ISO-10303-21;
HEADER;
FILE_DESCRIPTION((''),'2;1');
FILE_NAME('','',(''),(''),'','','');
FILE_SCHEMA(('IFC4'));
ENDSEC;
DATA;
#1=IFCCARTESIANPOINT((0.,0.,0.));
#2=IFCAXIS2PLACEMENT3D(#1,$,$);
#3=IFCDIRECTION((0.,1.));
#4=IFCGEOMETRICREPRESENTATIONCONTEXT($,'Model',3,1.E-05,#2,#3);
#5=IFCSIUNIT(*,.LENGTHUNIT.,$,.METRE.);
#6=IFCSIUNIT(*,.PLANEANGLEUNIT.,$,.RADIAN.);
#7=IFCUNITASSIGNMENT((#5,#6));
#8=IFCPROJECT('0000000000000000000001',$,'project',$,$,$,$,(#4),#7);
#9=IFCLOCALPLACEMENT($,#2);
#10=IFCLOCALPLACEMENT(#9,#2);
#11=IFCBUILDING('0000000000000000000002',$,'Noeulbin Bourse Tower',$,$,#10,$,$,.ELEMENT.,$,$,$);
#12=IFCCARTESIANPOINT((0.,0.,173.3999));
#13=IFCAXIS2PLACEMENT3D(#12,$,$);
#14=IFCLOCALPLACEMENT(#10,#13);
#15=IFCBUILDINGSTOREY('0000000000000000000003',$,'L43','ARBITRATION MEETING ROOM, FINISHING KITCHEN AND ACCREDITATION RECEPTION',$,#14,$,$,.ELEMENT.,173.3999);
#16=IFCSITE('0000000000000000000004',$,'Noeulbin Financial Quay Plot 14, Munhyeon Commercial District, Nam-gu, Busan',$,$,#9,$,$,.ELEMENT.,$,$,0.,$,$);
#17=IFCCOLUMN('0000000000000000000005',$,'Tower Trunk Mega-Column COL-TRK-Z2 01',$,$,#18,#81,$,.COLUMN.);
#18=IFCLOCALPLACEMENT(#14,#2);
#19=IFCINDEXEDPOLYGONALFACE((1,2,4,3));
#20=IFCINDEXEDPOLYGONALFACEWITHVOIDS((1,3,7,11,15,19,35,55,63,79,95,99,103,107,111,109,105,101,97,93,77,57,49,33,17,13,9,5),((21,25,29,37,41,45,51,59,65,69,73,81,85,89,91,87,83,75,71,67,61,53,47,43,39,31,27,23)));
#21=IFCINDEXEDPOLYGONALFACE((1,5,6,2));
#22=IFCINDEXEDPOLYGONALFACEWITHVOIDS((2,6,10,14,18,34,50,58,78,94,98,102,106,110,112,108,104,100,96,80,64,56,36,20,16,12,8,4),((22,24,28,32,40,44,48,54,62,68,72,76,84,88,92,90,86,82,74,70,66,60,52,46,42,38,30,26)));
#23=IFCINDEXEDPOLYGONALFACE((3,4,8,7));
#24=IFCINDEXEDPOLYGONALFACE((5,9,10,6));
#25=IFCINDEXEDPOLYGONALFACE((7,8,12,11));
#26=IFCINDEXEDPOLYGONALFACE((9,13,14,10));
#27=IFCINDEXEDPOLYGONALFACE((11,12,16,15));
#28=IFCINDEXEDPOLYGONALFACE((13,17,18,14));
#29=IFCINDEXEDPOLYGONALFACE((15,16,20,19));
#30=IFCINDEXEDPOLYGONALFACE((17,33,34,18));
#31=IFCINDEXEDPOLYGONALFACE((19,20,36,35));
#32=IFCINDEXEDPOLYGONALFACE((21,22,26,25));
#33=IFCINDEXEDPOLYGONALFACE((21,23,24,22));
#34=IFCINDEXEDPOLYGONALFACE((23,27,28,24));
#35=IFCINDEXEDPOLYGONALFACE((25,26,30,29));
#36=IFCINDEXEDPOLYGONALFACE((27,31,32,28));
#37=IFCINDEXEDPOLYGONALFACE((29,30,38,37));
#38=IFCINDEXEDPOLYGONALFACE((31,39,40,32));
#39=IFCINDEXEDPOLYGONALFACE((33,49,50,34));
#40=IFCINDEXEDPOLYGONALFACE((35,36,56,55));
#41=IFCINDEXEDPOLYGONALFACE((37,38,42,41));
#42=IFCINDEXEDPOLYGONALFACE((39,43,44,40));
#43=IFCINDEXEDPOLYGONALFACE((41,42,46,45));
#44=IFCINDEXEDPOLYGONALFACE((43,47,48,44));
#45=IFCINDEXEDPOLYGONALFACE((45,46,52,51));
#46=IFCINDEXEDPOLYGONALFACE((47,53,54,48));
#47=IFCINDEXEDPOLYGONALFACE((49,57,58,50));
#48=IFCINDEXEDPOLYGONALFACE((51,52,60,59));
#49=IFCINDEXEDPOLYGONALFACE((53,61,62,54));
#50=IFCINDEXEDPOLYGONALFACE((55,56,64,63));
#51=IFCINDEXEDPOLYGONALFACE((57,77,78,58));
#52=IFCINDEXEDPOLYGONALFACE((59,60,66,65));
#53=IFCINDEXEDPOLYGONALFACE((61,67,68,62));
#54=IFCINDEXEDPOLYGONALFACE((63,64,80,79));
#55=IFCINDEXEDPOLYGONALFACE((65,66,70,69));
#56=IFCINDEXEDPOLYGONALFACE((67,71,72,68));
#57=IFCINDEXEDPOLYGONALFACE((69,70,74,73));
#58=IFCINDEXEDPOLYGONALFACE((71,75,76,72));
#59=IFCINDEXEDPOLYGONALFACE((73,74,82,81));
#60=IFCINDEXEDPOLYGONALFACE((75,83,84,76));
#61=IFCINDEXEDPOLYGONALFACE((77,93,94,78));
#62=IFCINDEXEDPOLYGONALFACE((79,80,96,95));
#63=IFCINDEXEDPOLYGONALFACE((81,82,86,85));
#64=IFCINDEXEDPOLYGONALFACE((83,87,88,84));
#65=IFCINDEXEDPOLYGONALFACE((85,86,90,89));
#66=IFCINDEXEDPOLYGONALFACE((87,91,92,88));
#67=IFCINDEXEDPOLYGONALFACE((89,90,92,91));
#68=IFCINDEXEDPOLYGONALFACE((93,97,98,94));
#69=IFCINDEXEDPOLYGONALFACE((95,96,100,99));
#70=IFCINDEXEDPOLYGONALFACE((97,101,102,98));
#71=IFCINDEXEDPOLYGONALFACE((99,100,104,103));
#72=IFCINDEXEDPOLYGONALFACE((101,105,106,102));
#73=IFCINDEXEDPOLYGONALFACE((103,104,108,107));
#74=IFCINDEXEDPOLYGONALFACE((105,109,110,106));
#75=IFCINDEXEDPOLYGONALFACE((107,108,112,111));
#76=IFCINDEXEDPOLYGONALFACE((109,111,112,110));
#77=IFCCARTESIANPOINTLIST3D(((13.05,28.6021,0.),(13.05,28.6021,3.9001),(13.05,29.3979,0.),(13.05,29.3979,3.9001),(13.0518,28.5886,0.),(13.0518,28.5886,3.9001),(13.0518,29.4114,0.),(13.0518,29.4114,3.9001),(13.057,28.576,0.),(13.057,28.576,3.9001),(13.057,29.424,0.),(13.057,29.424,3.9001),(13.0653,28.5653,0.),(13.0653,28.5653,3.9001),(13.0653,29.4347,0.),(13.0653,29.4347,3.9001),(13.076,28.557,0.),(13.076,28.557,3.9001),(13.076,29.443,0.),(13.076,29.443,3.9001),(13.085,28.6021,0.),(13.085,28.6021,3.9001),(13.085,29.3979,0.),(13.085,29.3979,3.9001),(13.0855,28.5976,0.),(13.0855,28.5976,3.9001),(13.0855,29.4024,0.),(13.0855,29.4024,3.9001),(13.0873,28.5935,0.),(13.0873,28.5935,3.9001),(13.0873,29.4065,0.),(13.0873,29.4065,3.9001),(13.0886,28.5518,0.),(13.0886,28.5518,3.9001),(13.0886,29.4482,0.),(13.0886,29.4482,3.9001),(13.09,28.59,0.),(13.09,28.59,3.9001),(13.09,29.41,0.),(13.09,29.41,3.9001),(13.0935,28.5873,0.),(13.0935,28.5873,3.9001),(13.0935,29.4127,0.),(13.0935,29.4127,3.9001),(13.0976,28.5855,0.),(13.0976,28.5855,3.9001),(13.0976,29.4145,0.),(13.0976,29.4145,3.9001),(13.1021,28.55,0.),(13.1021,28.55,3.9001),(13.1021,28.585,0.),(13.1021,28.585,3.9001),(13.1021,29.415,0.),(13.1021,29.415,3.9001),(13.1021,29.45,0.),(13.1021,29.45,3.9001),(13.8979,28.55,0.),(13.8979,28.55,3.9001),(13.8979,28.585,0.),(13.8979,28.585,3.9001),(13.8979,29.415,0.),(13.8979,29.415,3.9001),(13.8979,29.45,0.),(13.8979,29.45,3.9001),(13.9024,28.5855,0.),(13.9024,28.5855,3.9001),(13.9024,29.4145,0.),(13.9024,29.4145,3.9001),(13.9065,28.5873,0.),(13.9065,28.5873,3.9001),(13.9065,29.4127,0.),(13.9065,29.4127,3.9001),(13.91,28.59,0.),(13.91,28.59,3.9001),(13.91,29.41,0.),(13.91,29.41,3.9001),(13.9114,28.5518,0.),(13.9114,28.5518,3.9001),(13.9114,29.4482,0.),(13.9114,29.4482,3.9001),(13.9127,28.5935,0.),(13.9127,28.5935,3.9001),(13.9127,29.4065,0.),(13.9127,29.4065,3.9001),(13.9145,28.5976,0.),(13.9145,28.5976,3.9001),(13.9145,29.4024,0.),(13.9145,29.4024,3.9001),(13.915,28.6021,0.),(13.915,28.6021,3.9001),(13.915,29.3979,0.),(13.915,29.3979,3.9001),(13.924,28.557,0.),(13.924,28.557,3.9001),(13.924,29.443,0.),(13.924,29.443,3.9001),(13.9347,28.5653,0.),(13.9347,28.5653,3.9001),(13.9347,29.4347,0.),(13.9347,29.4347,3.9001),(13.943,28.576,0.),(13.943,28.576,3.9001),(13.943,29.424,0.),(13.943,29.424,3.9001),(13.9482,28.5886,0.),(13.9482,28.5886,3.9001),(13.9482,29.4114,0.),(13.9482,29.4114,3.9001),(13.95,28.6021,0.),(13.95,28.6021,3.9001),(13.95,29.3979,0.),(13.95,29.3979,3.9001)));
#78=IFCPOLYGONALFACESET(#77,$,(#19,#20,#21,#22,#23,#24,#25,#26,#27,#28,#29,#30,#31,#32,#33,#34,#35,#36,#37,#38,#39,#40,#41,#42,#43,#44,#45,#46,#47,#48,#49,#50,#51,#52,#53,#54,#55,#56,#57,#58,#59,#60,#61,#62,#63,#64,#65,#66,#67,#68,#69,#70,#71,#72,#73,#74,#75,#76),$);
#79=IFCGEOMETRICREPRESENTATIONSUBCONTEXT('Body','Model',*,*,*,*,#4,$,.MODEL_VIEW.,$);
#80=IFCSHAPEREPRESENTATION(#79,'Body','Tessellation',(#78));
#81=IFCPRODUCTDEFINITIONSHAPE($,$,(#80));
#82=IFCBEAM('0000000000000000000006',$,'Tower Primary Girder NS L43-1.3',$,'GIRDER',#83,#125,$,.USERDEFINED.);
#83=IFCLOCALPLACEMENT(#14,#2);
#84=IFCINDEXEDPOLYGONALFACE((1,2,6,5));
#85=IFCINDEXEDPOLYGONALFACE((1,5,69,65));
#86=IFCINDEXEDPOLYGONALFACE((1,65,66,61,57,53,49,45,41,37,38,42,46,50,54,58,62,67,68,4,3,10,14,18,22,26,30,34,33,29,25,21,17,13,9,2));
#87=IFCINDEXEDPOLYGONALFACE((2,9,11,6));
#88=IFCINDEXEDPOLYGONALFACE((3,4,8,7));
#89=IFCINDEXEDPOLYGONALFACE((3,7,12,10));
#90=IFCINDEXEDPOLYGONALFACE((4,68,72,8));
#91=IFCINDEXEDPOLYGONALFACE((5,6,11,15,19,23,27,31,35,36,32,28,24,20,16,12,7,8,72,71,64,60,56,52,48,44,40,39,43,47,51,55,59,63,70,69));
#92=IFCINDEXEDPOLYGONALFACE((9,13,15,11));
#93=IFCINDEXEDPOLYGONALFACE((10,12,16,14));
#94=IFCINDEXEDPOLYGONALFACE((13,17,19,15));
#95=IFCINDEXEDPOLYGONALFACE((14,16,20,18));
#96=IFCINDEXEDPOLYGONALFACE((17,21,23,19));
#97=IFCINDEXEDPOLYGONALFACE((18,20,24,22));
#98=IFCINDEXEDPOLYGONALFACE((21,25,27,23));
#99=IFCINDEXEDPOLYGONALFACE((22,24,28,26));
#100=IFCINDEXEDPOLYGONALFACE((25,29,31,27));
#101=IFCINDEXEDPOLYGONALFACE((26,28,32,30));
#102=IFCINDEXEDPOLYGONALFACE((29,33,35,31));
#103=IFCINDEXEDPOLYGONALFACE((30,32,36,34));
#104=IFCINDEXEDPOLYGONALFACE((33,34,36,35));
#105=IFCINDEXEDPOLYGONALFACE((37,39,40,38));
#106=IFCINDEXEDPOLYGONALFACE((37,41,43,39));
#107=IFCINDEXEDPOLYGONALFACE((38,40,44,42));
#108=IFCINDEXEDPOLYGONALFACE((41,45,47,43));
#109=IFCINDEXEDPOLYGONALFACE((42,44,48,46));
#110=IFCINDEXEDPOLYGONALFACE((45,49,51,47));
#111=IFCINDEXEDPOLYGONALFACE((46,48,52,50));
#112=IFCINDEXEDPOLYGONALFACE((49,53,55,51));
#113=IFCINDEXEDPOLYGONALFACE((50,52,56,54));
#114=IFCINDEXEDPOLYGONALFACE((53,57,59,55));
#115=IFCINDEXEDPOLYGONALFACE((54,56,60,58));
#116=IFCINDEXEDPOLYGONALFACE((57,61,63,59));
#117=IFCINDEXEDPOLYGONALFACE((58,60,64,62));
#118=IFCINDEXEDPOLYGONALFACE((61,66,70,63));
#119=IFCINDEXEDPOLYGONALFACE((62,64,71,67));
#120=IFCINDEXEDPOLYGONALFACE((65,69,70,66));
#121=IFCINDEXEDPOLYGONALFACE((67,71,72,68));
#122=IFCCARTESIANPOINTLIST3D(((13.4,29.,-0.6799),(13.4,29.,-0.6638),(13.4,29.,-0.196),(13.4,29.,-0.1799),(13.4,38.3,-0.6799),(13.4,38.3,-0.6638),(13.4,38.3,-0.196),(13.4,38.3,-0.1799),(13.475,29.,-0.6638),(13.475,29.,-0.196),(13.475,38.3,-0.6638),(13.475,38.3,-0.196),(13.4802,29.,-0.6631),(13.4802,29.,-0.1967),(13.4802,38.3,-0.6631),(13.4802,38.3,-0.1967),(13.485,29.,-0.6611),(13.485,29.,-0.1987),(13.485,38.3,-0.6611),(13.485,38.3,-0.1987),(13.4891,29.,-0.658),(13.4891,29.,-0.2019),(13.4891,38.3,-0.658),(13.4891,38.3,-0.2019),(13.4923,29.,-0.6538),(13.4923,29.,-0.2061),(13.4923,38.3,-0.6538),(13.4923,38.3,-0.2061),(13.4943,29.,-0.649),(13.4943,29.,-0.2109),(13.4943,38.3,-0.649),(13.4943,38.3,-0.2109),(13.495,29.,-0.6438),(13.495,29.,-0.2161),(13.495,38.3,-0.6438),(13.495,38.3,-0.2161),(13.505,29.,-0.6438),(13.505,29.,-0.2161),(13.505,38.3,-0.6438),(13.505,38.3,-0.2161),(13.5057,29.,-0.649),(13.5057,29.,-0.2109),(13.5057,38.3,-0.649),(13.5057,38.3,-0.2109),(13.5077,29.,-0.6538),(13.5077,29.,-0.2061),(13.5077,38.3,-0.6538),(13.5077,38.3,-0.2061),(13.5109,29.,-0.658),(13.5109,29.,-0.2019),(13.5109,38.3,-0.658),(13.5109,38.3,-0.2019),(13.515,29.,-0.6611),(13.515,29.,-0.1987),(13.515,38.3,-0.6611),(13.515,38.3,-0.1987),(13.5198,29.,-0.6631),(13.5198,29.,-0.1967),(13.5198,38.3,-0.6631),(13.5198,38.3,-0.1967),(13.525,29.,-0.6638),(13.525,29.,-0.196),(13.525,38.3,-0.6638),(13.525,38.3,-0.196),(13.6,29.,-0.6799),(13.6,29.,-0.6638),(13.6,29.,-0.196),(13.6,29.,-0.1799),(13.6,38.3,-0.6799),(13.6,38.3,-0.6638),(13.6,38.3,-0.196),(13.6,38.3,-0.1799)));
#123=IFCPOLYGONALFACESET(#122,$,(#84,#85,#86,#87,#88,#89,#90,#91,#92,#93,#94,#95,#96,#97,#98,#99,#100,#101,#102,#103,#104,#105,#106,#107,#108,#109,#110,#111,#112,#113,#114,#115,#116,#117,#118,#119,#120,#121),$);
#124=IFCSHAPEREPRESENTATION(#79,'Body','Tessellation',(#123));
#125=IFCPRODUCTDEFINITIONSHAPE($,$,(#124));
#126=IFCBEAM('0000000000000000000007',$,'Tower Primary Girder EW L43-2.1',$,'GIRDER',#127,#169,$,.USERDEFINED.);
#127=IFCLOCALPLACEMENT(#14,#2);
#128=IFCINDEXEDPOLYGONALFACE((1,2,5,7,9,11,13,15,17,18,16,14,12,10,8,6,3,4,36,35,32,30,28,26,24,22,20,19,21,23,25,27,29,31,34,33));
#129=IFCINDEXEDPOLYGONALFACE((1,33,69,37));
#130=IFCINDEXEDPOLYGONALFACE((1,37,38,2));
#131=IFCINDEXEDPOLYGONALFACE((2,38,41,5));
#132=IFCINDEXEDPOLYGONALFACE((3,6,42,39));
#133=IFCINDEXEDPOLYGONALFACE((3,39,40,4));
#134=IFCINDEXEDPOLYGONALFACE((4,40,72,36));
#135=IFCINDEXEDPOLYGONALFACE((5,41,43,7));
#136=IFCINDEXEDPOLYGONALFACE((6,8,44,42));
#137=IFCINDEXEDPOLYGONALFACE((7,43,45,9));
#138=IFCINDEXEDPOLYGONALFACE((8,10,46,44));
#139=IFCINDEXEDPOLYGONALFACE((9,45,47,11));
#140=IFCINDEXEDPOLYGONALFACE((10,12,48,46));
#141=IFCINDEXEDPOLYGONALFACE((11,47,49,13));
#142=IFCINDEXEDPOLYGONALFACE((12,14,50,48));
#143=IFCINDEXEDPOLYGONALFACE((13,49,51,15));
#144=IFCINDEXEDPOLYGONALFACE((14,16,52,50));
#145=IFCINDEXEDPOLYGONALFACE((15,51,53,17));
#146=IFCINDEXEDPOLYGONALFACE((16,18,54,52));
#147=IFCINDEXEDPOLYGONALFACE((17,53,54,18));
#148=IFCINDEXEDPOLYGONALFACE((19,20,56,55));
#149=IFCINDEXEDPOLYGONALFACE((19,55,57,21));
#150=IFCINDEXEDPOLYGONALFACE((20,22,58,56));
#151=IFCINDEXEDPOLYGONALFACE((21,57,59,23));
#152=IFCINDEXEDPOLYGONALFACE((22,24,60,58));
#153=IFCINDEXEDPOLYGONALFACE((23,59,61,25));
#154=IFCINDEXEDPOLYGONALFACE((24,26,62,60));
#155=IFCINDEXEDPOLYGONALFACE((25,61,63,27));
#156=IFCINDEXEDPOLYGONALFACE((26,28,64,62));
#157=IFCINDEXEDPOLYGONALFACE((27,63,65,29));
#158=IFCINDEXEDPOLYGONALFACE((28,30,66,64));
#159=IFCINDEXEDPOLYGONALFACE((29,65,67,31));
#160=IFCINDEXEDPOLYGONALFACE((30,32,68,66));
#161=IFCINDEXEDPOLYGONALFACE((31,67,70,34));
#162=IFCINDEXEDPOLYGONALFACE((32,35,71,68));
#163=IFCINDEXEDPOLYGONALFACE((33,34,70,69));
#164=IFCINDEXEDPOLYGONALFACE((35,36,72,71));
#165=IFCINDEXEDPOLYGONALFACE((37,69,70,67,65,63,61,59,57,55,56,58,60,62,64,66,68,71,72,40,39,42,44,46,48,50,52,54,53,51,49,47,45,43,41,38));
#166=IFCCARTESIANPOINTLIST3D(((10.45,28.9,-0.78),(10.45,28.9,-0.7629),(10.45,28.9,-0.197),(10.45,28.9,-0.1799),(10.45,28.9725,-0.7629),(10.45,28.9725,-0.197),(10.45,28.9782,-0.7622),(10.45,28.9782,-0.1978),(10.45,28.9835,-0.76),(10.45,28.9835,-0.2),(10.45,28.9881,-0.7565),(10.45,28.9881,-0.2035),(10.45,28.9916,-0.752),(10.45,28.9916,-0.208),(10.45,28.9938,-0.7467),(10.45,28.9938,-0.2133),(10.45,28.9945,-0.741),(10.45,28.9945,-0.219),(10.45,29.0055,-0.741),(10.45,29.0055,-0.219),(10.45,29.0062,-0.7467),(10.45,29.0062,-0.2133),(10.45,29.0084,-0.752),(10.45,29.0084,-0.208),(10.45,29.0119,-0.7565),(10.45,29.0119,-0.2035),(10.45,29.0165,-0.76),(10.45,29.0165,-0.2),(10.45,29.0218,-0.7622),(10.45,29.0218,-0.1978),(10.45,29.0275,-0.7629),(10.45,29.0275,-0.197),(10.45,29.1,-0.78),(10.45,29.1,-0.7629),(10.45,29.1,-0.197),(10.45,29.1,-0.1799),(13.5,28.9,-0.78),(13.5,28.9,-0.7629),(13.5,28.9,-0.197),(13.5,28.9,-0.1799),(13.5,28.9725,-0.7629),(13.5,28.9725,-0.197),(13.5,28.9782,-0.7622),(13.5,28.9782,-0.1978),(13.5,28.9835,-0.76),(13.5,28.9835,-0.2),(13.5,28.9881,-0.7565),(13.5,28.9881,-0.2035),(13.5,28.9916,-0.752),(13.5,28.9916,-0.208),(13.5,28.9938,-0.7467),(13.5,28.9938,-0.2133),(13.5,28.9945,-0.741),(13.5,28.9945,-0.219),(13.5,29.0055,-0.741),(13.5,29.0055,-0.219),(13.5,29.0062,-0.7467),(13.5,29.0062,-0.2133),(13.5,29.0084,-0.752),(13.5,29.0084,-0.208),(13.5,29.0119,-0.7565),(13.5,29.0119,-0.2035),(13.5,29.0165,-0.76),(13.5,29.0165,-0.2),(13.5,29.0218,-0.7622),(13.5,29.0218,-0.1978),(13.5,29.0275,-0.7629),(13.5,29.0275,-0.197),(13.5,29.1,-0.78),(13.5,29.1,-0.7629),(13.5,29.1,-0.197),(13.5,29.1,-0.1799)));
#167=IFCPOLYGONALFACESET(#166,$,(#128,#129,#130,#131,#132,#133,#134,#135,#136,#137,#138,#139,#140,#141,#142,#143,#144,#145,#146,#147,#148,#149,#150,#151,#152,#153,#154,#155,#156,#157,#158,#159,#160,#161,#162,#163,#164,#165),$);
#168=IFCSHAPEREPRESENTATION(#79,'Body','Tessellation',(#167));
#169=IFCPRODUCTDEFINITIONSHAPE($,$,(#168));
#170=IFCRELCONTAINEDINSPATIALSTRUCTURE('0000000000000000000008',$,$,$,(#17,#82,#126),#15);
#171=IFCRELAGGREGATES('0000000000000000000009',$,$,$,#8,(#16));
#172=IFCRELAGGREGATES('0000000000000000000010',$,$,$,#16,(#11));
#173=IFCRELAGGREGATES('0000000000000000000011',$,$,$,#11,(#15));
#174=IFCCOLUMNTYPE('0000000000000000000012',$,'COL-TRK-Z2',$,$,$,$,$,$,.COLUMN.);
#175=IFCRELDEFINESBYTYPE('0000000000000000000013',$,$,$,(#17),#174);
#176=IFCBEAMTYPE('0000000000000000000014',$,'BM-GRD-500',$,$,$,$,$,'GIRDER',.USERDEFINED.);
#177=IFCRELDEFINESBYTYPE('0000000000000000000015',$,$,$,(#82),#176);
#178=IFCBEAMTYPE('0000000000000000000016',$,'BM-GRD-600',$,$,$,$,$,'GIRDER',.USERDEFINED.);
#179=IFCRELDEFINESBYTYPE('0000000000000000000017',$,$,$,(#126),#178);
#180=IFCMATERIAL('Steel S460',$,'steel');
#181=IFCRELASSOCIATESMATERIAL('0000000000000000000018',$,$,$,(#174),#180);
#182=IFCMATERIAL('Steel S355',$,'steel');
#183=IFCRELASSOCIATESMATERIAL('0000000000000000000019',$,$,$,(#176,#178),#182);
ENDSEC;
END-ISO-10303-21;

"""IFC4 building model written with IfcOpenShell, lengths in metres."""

from ifc_helpers import new_model, si_unit, direction, frame, origin, origin_2d, place, context, subcontext, project, spatial, hollow_rectangle, i_section, extrude, material, material_profile, profile_set, type_object, element, save


model = new_model("IFC4")

# Units and contexts
model_context = context("Model", 3, precision=1e-05, world=origin(), true_north=direction((0.0, 1.0)))
body_context = subcontext(model_context, "Body", "Model", "MODEL_VIEW")
ifc_project = project(units=[si_unit("LENGTHUNIT", "METRE"), si_unit("PLANEANGLEUNIT", "RADIAN")], contexts=[model_context])

# Site, building, storey
site_placement = place(None, origin())
site = spatial("IfcSite", under=ifc_project, at=site_placement, Name="Noeulbin Financial Quay Plot 14, Munhyeon Commercial District, Nam-gu, Busan", CompositionType="ELEMENT", RefElevation=0.0)
building_placement = place(site_placement, origin())
building = spatial("IfcBuilding", under=site, at=building_placement, Name="Noeulbin Bourse Tower", CompositionType="ELEMENT")
storey_placement = place(building_placement, frame((0.0, 0.0, 173.3999)))
storey = spatial("IfcBuildingStorey", under=building, at=storey_placement, Name="L43", Description="ARBITRATION MEETING ROOM, FINISHING KITCHEN AND ACCREDITATION RECEPTION", CompositionType="ELEMENT", Elevation=173.3999)

# Column
ifc_material_1 = material(Name="Steel S460", Category="steel")
ifc_material_profile_1 = material_profile(ifc_material_1, hollow_rectangle(XDim=0.8999, YDim=0.8999, WallThickness=0.0349, InnerFilletRadius=0.0171, OuterFilletRadius=0.052, at=origin_2d()), Name="BOX-900x900x35", Category="LoadBearing")
ifc_profile_set_1 = profile_set([ifc_material_profile_1], Name="Steel S460")
column_type = type_object("IfcColumnType", Name="COL-TRK-Z2", PredefinedType="COLUMN", material=ifc_profile_set_1)
column_placement = place(storey_placement, frame((13.5, 29.0, 0.0), z_axis=(0.0, 0.0, 1.0), x_axis=(1.0, 0.0, 0.0)))
element("IfcColumn", 1, at=column_placement, inside=storey, type_object=column_type, Name="Tower Trunk Mega-Column COL-TRK-Z2 01", PredefinedType="COLUMN", context=body_context, shape_type="SweptSolid", body=[
    extrude(hollow_rectangle(XDim=0.8999, YDim=0.8999, WallThickness=0.0349, InnerFilletRadius=0.0171, OuterFilletRadius=0.052, at=origin_2d()), origin(), (0.0, 0.0, 1.0), 3.9001),
])

# Beams
ifc_material_2 = material(Name="Steel S355", Category="steel")
ifc_material_profile_2 = material_profile(ifc_material_2, i_section(OverallWidth=0.2, OverallDepth=0.5, WebThickness=0.01, FlangeThickness=0.0161, FilletRadius=0.02, at=origin_2d()), Name="H-500x200x10x16", Category="LoadBearing")
ifc_profile_set_2 = profile_set([ifc_material_profile_2], Name="Steel S355")
beam_type_1 = type_object("IfcBeamType", Name="BM-GRD-500", ElementType="GIRDER", PredefinedType="USERDEFINED", material=ifc_profile_set_2)
beam_1_placement = place(storey_placement, frame((13.5, 29.0, -0.4299), z_axis=(0.0, 1.0, 0.0), x_axis=(-1.0, 0.0, 0.0)))
element("IfcBeam", 2, at=beam_1_placement, inside=storey, type_object=beam_type_1, Name="Tower Primary Girder NS L43-1.3", ObjectType="GIRDER", PredefinedType="USERDEFINED", context=body_context, shape_type="SweptSolid", body=[
    extrude(i_section(OverallWidth=0.2, OverallDepth=0.5, WebThickness=0.01, FlangeThickness=0.0161, FilletRadius=0.02, at=origin_2d()), origin(), (0.0, 0.0, 1.0), 9.3),
])
ifc_material_profile_3 = material_profile(ifc_material_2, i_section(OverallWidth=0.2, OverallDepth=0.6001, WebThickness=0.011, FlangeThickness=0.0171, FilletRadius=0.022, at=origin_2d()), Name="H-600x200x11x17", Category="LoadBearing")
ifc_profile_set_3 = profile_set([ifc_material_profile_3], Name="Steel S355")
beam_type_2 = type_object("IfcBeamType", Name="BM-GRD-600", ElementType="GIRDER", PredefinedType="USERDEFINED", material=ifc_profile_set_3)
beam_2_placement = place(storey_placement, frame((10.45, 29.0, -0.48), z_axis=(1.0, 0.0, 0.0), x_axis=(0.0, 1.0, 0.0)))
element("IfcBeam", 3, at=beam_2_placement, inside=storey, type_object=beam_type_2, Name="Tower Primary Girder EW L43-2.1", ObjectType="GIRDER", PredefinedType="USERDEFINED", context=body_context, shape_type="SweptSolid", body=[
    extrude(i_section(OverallWidth=0.2, OverallDepth=0.6001, WebThickness=0.011, FlangeThickness=0.0171, FilletRadius=0.022, at=origin_2d()), origin(), (0.0, 0.0, 1.0), 3.05),
])

save(model, "model.ifc")
